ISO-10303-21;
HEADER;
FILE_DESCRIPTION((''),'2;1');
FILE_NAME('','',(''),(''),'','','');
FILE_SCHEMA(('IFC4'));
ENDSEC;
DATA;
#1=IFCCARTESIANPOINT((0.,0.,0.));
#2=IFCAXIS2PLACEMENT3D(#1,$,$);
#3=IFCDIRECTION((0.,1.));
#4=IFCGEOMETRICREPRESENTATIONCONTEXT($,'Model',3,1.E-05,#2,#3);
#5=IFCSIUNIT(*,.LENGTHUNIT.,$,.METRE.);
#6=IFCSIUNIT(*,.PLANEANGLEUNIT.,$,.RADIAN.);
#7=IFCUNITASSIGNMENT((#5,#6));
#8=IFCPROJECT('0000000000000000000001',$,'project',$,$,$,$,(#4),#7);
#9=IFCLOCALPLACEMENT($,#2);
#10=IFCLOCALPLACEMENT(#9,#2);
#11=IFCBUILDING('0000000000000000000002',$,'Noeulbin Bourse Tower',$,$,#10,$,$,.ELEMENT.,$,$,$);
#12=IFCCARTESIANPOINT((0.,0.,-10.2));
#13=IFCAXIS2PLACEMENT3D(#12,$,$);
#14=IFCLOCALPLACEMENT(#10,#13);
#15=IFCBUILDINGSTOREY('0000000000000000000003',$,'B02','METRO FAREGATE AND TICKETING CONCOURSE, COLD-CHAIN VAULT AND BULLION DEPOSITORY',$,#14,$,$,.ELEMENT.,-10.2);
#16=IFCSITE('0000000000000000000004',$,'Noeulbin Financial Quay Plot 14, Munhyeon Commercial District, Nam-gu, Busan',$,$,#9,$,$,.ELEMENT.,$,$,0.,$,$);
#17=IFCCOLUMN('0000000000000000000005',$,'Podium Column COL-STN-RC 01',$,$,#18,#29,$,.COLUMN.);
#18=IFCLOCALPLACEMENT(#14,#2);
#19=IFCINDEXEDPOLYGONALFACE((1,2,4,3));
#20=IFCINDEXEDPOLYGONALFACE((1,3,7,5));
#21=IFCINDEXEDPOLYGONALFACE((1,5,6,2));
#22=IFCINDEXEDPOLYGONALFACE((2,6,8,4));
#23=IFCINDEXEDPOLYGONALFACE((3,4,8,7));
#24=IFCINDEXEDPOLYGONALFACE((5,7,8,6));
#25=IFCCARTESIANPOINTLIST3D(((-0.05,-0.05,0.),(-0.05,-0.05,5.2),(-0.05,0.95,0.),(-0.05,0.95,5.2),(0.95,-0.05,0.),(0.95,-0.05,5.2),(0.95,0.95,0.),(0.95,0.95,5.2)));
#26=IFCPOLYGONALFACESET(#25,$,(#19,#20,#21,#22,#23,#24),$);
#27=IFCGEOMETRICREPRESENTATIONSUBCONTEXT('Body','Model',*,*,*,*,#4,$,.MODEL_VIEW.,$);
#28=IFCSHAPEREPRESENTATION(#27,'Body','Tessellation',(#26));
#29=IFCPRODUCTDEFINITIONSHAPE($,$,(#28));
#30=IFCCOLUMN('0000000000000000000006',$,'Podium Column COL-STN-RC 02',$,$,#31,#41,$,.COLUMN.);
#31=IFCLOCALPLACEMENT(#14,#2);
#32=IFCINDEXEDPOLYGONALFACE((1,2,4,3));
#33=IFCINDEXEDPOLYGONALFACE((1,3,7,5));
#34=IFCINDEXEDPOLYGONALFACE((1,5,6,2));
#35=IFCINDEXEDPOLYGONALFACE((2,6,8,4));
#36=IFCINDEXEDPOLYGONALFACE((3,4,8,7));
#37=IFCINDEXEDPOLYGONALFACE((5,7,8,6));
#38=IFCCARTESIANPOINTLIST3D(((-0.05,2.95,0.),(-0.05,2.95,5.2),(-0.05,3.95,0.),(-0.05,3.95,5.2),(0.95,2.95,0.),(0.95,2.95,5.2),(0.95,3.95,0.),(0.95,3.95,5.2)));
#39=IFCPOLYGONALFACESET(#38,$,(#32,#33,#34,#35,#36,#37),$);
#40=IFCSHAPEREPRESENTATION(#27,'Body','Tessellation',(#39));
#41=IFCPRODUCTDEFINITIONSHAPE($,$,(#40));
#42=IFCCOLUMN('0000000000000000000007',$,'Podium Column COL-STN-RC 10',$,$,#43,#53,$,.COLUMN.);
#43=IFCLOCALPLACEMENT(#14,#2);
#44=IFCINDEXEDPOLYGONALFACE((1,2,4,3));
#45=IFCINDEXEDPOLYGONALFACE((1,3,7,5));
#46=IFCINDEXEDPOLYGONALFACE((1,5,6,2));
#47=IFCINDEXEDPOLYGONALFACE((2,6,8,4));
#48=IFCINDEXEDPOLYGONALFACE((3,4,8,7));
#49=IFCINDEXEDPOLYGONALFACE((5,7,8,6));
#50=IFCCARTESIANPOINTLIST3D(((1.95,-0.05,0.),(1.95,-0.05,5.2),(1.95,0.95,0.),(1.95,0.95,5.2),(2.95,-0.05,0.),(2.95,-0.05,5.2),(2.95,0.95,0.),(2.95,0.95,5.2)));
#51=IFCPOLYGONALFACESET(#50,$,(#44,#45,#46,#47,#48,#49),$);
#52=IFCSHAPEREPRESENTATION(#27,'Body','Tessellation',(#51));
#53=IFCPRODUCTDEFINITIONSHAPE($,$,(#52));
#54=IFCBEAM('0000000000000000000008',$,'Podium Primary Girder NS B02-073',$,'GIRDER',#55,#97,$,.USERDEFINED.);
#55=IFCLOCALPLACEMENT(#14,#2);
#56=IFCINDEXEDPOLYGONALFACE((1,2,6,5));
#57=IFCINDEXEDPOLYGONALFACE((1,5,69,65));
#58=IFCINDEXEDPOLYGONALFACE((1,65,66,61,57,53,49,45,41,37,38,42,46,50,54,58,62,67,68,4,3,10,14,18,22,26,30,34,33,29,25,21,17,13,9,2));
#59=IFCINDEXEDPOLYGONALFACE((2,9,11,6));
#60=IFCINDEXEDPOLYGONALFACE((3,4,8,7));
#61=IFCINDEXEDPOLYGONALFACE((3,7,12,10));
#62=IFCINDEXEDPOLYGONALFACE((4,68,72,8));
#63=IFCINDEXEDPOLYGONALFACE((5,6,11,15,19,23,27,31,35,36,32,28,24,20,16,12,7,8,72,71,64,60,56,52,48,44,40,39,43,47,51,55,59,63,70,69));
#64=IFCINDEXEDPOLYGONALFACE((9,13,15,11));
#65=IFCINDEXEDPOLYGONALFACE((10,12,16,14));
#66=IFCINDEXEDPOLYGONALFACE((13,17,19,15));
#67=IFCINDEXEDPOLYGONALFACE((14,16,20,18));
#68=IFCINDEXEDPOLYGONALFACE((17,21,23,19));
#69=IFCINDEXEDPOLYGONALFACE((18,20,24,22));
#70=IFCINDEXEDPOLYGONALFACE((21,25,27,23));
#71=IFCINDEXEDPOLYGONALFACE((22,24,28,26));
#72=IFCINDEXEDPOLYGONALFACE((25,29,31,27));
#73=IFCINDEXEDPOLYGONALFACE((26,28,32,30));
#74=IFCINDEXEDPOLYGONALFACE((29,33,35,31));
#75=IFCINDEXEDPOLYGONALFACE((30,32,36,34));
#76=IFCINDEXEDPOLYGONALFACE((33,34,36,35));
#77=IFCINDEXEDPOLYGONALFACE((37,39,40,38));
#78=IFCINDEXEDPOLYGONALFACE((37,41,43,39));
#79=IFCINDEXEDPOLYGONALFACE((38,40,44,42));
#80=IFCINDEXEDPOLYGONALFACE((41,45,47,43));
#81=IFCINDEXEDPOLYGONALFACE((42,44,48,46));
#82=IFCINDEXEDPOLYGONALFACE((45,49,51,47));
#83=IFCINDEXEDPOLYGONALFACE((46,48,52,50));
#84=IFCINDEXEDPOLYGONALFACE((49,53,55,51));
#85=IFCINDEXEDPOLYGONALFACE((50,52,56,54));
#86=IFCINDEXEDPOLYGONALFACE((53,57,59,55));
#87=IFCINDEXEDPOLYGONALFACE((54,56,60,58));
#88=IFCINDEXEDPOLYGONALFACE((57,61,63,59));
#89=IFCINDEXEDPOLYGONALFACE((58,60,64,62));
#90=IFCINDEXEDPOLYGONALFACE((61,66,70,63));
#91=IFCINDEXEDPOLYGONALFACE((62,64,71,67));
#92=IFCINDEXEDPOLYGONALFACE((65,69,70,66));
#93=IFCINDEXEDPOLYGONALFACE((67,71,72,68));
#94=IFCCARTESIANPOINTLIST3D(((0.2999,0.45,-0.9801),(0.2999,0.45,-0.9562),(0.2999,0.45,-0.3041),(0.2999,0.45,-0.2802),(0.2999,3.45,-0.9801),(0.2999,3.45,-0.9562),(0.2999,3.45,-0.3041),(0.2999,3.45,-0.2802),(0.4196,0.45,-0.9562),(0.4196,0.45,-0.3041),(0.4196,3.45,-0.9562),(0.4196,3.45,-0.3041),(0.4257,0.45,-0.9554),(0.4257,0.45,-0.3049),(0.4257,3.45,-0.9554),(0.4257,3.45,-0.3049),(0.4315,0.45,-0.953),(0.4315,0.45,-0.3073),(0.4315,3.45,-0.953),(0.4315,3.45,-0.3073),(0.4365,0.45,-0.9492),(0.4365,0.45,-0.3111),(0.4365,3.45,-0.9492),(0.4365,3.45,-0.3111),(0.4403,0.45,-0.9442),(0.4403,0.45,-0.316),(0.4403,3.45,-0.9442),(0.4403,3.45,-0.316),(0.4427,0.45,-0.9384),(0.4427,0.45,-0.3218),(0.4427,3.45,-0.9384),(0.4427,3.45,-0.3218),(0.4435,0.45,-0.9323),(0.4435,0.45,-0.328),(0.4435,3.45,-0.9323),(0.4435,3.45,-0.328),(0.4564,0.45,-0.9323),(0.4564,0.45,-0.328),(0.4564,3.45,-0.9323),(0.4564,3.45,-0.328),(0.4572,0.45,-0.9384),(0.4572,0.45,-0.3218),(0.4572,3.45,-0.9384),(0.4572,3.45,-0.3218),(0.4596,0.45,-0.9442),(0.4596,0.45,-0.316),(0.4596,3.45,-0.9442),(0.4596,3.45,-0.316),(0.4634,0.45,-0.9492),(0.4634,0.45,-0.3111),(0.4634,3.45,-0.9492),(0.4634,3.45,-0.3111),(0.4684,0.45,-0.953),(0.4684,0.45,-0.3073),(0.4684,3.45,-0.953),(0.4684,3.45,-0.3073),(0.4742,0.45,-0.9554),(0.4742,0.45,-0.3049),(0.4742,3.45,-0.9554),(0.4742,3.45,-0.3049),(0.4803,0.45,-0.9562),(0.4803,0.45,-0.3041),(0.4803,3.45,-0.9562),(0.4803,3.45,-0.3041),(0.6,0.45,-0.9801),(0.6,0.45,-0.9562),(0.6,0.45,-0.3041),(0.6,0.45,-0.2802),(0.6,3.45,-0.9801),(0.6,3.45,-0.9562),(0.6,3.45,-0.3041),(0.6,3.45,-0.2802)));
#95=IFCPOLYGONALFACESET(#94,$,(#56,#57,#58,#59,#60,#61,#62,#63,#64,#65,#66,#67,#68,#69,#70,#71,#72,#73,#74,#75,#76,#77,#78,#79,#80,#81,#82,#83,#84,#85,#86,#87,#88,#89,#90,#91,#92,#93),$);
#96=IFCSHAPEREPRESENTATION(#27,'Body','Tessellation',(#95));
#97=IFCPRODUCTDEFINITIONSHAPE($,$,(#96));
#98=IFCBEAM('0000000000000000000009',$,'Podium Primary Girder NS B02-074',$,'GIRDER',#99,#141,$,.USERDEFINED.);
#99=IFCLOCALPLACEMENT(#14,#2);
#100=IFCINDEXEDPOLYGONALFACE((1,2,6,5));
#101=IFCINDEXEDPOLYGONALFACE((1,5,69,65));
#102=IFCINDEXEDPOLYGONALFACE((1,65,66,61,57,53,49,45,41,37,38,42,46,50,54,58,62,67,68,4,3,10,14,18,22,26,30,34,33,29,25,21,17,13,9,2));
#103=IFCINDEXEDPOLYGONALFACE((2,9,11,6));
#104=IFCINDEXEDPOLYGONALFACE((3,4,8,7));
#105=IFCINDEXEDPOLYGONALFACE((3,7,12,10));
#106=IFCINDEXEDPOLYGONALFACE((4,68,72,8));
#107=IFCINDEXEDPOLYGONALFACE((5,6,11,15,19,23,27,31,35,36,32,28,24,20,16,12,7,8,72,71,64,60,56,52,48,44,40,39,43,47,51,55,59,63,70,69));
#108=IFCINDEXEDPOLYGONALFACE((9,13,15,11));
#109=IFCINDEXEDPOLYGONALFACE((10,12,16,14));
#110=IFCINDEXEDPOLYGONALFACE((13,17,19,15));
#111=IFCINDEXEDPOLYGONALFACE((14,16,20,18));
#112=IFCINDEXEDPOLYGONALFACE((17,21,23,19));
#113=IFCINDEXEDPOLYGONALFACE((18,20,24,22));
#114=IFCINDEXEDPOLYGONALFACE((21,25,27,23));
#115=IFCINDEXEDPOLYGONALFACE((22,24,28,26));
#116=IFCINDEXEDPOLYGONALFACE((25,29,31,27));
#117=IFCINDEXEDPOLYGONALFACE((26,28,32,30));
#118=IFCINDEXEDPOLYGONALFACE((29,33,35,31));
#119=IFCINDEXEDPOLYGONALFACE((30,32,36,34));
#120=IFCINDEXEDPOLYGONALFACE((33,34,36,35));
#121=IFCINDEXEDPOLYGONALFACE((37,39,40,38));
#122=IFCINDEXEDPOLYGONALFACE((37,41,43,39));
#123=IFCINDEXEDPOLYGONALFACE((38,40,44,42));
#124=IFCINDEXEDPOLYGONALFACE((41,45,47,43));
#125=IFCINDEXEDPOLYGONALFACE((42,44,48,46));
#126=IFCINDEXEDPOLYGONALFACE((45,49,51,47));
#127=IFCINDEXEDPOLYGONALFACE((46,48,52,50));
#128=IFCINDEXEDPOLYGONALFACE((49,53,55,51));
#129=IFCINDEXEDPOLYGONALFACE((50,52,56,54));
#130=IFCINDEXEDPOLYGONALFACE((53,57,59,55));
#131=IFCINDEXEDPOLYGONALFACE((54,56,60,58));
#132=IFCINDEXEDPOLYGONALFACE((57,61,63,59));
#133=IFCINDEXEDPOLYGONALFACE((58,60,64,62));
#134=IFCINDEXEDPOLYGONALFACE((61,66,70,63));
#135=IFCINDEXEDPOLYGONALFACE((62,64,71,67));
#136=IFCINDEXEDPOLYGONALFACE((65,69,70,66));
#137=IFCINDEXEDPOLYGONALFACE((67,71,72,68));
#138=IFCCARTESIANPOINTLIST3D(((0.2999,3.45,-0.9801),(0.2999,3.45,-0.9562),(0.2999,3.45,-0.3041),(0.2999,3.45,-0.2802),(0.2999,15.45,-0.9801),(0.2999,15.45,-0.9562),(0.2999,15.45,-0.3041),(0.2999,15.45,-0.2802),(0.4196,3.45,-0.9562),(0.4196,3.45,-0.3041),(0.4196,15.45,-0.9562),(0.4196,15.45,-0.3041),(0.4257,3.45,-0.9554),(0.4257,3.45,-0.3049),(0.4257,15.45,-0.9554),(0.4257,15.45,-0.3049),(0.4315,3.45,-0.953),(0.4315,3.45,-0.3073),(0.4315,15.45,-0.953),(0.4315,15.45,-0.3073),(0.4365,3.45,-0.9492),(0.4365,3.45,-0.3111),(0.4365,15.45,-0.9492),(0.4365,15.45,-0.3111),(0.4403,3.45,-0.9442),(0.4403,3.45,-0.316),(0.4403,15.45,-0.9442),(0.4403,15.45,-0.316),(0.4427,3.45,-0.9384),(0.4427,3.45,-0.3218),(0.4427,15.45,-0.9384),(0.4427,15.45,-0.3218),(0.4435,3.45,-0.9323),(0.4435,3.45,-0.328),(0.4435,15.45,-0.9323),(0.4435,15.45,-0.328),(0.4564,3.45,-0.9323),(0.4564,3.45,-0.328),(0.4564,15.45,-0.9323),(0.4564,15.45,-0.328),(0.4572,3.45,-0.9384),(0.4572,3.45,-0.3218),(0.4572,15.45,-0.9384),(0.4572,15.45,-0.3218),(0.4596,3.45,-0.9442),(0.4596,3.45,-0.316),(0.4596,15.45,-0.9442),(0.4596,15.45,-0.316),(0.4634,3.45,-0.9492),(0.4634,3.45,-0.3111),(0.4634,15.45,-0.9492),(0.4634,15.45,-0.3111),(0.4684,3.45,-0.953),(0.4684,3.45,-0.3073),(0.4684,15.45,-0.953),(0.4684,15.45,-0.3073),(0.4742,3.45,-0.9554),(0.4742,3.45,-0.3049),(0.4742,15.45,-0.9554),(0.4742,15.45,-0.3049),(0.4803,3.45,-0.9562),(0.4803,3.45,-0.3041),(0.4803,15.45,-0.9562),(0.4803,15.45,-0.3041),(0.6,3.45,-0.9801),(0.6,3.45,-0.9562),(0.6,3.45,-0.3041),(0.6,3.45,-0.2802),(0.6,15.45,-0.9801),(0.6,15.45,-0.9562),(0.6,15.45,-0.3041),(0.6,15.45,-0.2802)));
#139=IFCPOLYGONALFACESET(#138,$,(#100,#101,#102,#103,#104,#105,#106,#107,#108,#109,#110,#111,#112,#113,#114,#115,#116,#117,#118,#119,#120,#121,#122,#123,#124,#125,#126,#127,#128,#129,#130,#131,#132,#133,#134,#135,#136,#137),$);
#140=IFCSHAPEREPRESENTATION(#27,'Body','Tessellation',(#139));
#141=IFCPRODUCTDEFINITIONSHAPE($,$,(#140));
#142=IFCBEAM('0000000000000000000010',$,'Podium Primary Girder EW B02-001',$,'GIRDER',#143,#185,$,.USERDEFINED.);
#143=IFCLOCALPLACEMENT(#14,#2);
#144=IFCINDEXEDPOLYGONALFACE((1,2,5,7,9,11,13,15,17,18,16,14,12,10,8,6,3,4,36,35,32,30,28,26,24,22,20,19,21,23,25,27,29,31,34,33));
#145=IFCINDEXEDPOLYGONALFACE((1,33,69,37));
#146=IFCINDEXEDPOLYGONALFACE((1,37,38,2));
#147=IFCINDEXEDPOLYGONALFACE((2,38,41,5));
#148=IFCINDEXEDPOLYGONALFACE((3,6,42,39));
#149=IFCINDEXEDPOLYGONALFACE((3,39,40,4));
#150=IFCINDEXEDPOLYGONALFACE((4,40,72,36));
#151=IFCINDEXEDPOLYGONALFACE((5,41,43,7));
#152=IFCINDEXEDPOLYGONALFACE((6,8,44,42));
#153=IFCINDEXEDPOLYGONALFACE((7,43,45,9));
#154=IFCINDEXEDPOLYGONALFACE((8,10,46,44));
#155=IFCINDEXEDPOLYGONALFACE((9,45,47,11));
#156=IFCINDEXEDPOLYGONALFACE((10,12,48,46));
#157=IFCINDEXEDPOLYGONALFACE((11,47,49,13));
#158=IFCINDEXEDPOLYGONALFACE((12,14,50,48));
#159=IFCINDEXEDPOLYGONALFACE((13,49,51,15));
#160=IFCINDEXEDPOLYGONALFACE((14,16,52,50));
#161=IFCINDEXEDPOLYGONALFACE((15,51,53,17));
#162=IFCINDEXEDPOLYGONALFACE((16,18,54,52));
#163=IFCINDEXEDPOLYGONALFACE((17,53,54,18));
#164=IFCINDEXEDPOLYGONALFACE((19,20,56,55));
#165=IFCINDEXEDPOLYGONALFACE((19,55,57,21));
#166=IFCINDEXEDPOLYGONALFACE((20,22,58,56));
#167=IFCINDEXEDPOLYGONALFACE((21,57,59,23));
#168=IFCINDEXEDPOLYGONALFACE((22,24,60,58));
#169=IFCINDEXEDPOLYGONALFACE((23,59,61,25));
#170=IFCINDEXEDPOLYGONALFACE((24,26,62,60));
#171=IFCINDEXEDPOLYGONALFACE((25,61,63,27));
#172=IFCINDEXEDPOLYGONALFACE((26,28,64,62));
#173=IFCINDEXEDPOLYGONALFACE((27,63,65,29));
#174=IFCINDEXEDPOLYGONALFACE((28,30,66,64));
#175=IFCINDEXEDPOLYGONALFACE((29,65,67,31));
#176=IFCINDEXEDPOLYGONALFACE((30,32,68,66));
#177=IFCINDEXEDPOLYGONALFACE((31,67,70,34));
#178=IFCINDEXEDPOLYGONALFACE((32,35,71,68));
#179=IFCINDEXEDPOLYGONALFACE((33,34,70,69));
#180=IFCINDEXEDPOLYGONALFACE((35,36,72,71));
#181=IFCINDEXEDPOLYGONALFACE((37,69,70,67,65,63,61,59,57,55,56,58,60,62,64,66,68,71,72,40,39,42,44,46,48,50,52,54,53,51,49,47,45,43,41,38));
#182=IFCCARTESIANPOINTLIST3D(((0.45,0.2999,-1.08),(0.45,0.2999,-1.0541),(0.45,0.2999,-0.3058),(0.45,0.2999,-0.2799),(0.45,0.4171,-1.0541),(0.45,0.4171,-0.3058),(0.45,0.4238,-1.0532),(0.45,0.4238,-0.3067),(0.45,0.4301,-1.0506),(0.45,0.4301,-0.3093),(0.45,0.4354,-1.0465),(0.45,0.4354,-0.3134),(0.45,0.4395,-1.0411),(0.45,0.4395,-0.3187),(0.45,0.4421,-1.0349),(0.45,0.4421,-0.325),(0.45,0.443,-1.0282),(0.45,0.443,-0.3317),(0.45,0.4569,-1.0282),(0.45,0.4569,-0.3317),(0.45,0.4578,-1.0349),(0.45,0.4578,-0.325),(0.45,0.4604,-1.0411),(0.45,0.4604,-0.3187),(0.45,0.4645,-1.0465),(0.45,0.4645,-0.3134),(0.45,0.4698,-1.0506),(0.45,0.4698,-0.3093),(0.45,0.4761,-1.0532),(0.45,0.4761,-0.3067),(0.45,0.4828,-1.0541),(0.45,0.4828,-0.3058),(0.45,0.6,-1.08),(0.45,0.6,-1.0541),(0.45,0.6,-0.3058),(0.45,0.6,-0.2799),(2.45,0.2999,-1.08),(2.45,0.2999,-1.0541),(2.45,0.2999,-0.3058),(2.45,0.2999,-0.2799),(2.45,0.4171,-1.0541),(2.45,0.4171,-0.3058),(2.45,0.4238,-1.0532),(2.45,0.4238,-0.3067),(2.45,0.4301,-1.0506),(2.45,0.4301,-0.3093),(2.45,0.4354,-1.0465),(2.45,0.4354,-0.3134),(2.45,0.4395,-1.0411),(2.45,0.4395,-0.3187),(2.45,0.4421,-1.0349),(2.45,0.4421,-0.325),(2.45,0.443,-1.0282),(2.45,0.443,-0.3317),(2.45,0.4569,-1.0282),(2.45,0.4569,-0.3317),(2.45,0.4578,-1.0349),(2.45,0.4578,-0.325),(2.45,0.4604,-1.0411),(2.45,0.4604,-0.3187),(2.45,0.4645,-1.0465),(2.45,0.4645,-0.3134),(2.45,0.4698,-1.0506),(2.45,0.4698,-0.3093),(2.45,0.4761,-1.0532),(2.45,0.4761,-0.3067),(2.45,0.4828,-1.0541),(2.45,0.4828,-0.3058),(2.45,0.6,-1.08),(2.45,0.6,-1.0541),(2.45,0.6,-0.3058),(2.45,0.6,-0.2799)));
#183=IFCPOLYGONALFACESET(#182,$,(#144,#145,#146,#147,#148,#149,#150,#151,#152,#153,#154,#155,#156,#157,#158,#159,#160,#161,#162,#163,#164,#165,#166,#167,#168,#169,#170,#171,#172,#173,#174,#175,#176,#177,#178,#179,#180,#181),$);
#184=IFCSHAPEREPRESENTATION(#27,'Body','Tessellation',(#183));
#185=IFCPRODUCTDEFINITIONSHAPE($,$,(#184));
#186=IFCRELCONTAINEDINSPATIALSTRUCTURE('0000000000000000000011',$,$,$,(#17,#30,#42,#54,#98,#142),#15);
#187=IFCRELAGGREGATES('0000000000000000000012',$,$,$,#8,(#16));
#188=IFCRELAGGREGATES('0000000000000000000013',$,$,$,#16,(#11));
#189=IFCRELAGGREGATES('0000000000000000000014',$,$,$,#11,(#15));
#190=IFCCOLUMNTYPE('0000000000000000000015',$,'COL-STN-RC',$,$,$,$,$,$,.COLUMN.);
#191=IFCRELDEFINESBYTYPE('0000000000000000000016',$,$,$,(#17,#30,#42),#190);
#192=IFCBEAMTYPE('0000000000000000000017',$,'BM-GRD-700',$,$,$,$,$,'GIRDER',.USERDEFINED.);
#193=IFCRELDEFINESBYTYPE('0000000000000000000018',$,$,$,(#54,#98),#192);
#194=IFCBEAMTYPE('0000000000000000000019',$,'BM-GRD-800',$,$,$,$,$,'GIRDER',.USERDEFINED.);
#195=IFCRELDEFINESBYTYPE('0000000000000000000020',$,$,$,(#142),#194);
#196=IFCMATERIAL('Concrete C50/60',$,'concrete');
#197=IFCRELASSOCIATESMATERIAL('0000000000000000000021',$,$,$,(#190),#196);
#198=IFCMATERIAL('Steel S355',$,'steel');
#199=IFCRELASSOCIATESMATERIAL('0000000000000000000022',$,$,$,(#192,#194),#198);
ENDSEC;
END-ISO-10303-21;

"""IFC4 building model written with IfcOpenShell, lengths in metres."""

from ifc_helpers import new_model, si_unit, direction, frame, origin, origin_2d, place, context, subcontext, project, spatial, rectangle, i_section, extrude, material, material_profile, profile_set, type_object, element, save


model = new_model("IFC4")

# Units and contexts
model_context = context("Model", 3, precision=1e-05, world=origin(), true_north=direction((0.0, 1.0)))
body_context = subcontext(model_context, "Body", "Model", "MODEL_VIEW")
ifc_project = project(units=[si_unit("LENGTHUNIT", "METRE"), si_unit("PLANEANGLEUNIT", "RADIAN")], contexts=[model_context])

# Site, building, storey
site_placement = place(None, origin())
site = spatial("IfcSite", under=ifc_project, at=site_placement, Name="Noeulbin Financial Quay Plot 14, Munhyeon Commercial District, Nam-gu, Busan", CompositionType="ELEMENT", RefElevation=0.0)
building_placement = place(site_placement, origin())
building = spatial("IfcBuilding", under=site, at=building_placement, Name="Noeulbin Bourse Tower", CompositionType="ELEMENT")
storey_placement = place(building_placement, frame((0.0, 0.0, -10.2)))
storey = spatial("IfcBuildingStorey", under=building, at=storey_placement, Name="B02", Description="METRO FAREGATE AND TICKETING CONCOURSE, COLD-CHAIN VAULT AND BULLION DEPOSITORY", CompositionType="ELEMENT", Elevation=-10.2)

# Columns
ifc_material_1 = material(Name="Concrete C50/60", Category="concrete")
ifc_material_profile_1 = material_profile(ifc_material_1, rectangle(XDim=1.0, YDim=1.0, at=origin_2d()), Name="RC-COL-1000x1000", Category="LoadBearing")
ifc_profile_set_1 = profile_set([ifc_material_profile_1], Name="Concrete C50/60")
column_type = type_object("IfcColumnType", Name="COL-STN-RC", PredefinedType="COLUMN", material=ifc_profile_set_1)
for number, where, z_axis, x_axis, name in (
    (1, (0.45, 0.45, 0.0), (0.0, 0.0, 1.0), (1.0, 0.0, 0.0), "Podium Column COL-STN-RC 01"),
    (2, (0.45, 3.45, 0.0), (0.0, 0.0, 1.0), (1.0, 0.0, 0.0), "Podium Column COL-STN-RC 02"),
    (3, (2.45, 0.45, 0.0), (0.0, 0.0, 1.0), (1.0, 0.0, 0.0), "Podium Column COL-STN-RC 10"),
):
    element("IfcColumn", number, at=place(storey_placement, frame(where, z_axis=z_axis, x_axis=x_axis)), inside=storey, type_object=column_type, Name=name, PredefinedType="COLUMN", context=body_context, shape_type="SweptSolid", body=[
        extrude(rectangle(XDim=1.0, YDim=1.0, at=origin_2d()), origin(), (0.0, 0.0, 1.0), 5.2),
    ])

# Beams
ifc_material_2 = material(Name="Steel S355", Category="steel")
ifc_material_profile_2 = material_profile(ifc_material_2, i_section(OverallWidth=0.3, OverallDepth=0.7, WebThickness=0.0129, FlangeThickness=0.0239, FilletRadius=0.0239, at=origin_2d()), Name="H-700x300x13x24", Category="LoadBearing")
ifc_profile_set_2 = profile_set([ifc_material_profile_2], Name="Steel S355")
beam_type_1 = type_object("IfcBeamType", Name="BM-GRD-700", ElementType="GIRDER", PredefinedType="USERDEFINED", material=ifc_profile_set_2)
beam_1_placement = place(storey_placement, frame((0.45, 0.45, -0.6301), z_axis=(0.0, 1.0, 0.0), x_axis=(-1.0, 0.0, 0.0)))
element("IfcBeam", 4, at=beam_1_placement, inside=storey, type_object=beam_type_1, Name="Podium Primary Girder NS B02-073", ObjectType="GIRDER", PredefinedType="USERDEFINED", context=body_context, shape_type="SweptSolid", body=[
    extrude(i_section(OverallWidth=0.3, OverallDepth=0.7, WebThickness=0.0129, FlangeThickness=0.0239, FilletRadius=0.0239, at=origin_2d()), origin(), (0.0, 0.0, 1.0), 3.0),
])
beam_2_placement = place(storey_placement, frame((0.45, 3.45, -0.6301), z_axis=(0.0, 1.0, 0.0), x_axis=(-1.0, 0.0, 0.0)))
element("IfcBeam", 5, at=beam_2_placement, inside=storey, type_object=beam_type_1, Name="Podium Primary Girder NS B02-074", ObjectType="GIRDER", PredefinedType="USERDEFINED", context=body_context, shape_type="SweptSolid", body=[
    extrude(i_section(OverallWidth=0.3, OverallDepth=0.7, WebThickness=0.0129, FlangeThickness=0.0239, FilletRadius=0.0239, at=origin_2d()), origin(), (0.0, 0.0, 1.0), 12.0),
])
ifc_material_profile_3 = material_profile(ifc_material_2, i_section(OverallWidth=0.3, OverallDepth=0.8, WebThickness=0.0139, FlangeThickness=0.0259, FilletRadius=0.0259, at=origin_2d()), Name="H-800x300x14x26", Category="LoadBearing")
ifc_profile_set_3 = profile_set([ifc_material_profile_3], Name="Steel S355")
beam_type_2 = type_object("IfcBeamType", Name="BM-GRD-800", ElementType="GIRDER", PredefinedType="USERDEFINED", material=ifc_profile_set_3)
beam_3_placement = place(storey_placement, frame((0.45, 0.45, -0.6799), z_axis=(1.0, 0.0, 0.0), x_axis=(0.0, 1.0, 0.0)))
element("IfcBeam", 6, at=beam_3_placement, inside=storey, type_object=beam_type_2, Name="Podium Primary Girder EW B02-001", ObjectType="GIRDER", PredefinedType="USERDEFINED", context=body_context, shape_type="SweptSolid", body=[
    extrude(i_section(OverallWidth=0.3, OverallDepth=0.8, WebThickness=0.0139, FlangeThickness=0.0259, FilletRadius=0.0259, at=origin_2d()), origin(), (0.0, 0.0, 1.0), 2.0),
])

save(model, "model.ifc")
